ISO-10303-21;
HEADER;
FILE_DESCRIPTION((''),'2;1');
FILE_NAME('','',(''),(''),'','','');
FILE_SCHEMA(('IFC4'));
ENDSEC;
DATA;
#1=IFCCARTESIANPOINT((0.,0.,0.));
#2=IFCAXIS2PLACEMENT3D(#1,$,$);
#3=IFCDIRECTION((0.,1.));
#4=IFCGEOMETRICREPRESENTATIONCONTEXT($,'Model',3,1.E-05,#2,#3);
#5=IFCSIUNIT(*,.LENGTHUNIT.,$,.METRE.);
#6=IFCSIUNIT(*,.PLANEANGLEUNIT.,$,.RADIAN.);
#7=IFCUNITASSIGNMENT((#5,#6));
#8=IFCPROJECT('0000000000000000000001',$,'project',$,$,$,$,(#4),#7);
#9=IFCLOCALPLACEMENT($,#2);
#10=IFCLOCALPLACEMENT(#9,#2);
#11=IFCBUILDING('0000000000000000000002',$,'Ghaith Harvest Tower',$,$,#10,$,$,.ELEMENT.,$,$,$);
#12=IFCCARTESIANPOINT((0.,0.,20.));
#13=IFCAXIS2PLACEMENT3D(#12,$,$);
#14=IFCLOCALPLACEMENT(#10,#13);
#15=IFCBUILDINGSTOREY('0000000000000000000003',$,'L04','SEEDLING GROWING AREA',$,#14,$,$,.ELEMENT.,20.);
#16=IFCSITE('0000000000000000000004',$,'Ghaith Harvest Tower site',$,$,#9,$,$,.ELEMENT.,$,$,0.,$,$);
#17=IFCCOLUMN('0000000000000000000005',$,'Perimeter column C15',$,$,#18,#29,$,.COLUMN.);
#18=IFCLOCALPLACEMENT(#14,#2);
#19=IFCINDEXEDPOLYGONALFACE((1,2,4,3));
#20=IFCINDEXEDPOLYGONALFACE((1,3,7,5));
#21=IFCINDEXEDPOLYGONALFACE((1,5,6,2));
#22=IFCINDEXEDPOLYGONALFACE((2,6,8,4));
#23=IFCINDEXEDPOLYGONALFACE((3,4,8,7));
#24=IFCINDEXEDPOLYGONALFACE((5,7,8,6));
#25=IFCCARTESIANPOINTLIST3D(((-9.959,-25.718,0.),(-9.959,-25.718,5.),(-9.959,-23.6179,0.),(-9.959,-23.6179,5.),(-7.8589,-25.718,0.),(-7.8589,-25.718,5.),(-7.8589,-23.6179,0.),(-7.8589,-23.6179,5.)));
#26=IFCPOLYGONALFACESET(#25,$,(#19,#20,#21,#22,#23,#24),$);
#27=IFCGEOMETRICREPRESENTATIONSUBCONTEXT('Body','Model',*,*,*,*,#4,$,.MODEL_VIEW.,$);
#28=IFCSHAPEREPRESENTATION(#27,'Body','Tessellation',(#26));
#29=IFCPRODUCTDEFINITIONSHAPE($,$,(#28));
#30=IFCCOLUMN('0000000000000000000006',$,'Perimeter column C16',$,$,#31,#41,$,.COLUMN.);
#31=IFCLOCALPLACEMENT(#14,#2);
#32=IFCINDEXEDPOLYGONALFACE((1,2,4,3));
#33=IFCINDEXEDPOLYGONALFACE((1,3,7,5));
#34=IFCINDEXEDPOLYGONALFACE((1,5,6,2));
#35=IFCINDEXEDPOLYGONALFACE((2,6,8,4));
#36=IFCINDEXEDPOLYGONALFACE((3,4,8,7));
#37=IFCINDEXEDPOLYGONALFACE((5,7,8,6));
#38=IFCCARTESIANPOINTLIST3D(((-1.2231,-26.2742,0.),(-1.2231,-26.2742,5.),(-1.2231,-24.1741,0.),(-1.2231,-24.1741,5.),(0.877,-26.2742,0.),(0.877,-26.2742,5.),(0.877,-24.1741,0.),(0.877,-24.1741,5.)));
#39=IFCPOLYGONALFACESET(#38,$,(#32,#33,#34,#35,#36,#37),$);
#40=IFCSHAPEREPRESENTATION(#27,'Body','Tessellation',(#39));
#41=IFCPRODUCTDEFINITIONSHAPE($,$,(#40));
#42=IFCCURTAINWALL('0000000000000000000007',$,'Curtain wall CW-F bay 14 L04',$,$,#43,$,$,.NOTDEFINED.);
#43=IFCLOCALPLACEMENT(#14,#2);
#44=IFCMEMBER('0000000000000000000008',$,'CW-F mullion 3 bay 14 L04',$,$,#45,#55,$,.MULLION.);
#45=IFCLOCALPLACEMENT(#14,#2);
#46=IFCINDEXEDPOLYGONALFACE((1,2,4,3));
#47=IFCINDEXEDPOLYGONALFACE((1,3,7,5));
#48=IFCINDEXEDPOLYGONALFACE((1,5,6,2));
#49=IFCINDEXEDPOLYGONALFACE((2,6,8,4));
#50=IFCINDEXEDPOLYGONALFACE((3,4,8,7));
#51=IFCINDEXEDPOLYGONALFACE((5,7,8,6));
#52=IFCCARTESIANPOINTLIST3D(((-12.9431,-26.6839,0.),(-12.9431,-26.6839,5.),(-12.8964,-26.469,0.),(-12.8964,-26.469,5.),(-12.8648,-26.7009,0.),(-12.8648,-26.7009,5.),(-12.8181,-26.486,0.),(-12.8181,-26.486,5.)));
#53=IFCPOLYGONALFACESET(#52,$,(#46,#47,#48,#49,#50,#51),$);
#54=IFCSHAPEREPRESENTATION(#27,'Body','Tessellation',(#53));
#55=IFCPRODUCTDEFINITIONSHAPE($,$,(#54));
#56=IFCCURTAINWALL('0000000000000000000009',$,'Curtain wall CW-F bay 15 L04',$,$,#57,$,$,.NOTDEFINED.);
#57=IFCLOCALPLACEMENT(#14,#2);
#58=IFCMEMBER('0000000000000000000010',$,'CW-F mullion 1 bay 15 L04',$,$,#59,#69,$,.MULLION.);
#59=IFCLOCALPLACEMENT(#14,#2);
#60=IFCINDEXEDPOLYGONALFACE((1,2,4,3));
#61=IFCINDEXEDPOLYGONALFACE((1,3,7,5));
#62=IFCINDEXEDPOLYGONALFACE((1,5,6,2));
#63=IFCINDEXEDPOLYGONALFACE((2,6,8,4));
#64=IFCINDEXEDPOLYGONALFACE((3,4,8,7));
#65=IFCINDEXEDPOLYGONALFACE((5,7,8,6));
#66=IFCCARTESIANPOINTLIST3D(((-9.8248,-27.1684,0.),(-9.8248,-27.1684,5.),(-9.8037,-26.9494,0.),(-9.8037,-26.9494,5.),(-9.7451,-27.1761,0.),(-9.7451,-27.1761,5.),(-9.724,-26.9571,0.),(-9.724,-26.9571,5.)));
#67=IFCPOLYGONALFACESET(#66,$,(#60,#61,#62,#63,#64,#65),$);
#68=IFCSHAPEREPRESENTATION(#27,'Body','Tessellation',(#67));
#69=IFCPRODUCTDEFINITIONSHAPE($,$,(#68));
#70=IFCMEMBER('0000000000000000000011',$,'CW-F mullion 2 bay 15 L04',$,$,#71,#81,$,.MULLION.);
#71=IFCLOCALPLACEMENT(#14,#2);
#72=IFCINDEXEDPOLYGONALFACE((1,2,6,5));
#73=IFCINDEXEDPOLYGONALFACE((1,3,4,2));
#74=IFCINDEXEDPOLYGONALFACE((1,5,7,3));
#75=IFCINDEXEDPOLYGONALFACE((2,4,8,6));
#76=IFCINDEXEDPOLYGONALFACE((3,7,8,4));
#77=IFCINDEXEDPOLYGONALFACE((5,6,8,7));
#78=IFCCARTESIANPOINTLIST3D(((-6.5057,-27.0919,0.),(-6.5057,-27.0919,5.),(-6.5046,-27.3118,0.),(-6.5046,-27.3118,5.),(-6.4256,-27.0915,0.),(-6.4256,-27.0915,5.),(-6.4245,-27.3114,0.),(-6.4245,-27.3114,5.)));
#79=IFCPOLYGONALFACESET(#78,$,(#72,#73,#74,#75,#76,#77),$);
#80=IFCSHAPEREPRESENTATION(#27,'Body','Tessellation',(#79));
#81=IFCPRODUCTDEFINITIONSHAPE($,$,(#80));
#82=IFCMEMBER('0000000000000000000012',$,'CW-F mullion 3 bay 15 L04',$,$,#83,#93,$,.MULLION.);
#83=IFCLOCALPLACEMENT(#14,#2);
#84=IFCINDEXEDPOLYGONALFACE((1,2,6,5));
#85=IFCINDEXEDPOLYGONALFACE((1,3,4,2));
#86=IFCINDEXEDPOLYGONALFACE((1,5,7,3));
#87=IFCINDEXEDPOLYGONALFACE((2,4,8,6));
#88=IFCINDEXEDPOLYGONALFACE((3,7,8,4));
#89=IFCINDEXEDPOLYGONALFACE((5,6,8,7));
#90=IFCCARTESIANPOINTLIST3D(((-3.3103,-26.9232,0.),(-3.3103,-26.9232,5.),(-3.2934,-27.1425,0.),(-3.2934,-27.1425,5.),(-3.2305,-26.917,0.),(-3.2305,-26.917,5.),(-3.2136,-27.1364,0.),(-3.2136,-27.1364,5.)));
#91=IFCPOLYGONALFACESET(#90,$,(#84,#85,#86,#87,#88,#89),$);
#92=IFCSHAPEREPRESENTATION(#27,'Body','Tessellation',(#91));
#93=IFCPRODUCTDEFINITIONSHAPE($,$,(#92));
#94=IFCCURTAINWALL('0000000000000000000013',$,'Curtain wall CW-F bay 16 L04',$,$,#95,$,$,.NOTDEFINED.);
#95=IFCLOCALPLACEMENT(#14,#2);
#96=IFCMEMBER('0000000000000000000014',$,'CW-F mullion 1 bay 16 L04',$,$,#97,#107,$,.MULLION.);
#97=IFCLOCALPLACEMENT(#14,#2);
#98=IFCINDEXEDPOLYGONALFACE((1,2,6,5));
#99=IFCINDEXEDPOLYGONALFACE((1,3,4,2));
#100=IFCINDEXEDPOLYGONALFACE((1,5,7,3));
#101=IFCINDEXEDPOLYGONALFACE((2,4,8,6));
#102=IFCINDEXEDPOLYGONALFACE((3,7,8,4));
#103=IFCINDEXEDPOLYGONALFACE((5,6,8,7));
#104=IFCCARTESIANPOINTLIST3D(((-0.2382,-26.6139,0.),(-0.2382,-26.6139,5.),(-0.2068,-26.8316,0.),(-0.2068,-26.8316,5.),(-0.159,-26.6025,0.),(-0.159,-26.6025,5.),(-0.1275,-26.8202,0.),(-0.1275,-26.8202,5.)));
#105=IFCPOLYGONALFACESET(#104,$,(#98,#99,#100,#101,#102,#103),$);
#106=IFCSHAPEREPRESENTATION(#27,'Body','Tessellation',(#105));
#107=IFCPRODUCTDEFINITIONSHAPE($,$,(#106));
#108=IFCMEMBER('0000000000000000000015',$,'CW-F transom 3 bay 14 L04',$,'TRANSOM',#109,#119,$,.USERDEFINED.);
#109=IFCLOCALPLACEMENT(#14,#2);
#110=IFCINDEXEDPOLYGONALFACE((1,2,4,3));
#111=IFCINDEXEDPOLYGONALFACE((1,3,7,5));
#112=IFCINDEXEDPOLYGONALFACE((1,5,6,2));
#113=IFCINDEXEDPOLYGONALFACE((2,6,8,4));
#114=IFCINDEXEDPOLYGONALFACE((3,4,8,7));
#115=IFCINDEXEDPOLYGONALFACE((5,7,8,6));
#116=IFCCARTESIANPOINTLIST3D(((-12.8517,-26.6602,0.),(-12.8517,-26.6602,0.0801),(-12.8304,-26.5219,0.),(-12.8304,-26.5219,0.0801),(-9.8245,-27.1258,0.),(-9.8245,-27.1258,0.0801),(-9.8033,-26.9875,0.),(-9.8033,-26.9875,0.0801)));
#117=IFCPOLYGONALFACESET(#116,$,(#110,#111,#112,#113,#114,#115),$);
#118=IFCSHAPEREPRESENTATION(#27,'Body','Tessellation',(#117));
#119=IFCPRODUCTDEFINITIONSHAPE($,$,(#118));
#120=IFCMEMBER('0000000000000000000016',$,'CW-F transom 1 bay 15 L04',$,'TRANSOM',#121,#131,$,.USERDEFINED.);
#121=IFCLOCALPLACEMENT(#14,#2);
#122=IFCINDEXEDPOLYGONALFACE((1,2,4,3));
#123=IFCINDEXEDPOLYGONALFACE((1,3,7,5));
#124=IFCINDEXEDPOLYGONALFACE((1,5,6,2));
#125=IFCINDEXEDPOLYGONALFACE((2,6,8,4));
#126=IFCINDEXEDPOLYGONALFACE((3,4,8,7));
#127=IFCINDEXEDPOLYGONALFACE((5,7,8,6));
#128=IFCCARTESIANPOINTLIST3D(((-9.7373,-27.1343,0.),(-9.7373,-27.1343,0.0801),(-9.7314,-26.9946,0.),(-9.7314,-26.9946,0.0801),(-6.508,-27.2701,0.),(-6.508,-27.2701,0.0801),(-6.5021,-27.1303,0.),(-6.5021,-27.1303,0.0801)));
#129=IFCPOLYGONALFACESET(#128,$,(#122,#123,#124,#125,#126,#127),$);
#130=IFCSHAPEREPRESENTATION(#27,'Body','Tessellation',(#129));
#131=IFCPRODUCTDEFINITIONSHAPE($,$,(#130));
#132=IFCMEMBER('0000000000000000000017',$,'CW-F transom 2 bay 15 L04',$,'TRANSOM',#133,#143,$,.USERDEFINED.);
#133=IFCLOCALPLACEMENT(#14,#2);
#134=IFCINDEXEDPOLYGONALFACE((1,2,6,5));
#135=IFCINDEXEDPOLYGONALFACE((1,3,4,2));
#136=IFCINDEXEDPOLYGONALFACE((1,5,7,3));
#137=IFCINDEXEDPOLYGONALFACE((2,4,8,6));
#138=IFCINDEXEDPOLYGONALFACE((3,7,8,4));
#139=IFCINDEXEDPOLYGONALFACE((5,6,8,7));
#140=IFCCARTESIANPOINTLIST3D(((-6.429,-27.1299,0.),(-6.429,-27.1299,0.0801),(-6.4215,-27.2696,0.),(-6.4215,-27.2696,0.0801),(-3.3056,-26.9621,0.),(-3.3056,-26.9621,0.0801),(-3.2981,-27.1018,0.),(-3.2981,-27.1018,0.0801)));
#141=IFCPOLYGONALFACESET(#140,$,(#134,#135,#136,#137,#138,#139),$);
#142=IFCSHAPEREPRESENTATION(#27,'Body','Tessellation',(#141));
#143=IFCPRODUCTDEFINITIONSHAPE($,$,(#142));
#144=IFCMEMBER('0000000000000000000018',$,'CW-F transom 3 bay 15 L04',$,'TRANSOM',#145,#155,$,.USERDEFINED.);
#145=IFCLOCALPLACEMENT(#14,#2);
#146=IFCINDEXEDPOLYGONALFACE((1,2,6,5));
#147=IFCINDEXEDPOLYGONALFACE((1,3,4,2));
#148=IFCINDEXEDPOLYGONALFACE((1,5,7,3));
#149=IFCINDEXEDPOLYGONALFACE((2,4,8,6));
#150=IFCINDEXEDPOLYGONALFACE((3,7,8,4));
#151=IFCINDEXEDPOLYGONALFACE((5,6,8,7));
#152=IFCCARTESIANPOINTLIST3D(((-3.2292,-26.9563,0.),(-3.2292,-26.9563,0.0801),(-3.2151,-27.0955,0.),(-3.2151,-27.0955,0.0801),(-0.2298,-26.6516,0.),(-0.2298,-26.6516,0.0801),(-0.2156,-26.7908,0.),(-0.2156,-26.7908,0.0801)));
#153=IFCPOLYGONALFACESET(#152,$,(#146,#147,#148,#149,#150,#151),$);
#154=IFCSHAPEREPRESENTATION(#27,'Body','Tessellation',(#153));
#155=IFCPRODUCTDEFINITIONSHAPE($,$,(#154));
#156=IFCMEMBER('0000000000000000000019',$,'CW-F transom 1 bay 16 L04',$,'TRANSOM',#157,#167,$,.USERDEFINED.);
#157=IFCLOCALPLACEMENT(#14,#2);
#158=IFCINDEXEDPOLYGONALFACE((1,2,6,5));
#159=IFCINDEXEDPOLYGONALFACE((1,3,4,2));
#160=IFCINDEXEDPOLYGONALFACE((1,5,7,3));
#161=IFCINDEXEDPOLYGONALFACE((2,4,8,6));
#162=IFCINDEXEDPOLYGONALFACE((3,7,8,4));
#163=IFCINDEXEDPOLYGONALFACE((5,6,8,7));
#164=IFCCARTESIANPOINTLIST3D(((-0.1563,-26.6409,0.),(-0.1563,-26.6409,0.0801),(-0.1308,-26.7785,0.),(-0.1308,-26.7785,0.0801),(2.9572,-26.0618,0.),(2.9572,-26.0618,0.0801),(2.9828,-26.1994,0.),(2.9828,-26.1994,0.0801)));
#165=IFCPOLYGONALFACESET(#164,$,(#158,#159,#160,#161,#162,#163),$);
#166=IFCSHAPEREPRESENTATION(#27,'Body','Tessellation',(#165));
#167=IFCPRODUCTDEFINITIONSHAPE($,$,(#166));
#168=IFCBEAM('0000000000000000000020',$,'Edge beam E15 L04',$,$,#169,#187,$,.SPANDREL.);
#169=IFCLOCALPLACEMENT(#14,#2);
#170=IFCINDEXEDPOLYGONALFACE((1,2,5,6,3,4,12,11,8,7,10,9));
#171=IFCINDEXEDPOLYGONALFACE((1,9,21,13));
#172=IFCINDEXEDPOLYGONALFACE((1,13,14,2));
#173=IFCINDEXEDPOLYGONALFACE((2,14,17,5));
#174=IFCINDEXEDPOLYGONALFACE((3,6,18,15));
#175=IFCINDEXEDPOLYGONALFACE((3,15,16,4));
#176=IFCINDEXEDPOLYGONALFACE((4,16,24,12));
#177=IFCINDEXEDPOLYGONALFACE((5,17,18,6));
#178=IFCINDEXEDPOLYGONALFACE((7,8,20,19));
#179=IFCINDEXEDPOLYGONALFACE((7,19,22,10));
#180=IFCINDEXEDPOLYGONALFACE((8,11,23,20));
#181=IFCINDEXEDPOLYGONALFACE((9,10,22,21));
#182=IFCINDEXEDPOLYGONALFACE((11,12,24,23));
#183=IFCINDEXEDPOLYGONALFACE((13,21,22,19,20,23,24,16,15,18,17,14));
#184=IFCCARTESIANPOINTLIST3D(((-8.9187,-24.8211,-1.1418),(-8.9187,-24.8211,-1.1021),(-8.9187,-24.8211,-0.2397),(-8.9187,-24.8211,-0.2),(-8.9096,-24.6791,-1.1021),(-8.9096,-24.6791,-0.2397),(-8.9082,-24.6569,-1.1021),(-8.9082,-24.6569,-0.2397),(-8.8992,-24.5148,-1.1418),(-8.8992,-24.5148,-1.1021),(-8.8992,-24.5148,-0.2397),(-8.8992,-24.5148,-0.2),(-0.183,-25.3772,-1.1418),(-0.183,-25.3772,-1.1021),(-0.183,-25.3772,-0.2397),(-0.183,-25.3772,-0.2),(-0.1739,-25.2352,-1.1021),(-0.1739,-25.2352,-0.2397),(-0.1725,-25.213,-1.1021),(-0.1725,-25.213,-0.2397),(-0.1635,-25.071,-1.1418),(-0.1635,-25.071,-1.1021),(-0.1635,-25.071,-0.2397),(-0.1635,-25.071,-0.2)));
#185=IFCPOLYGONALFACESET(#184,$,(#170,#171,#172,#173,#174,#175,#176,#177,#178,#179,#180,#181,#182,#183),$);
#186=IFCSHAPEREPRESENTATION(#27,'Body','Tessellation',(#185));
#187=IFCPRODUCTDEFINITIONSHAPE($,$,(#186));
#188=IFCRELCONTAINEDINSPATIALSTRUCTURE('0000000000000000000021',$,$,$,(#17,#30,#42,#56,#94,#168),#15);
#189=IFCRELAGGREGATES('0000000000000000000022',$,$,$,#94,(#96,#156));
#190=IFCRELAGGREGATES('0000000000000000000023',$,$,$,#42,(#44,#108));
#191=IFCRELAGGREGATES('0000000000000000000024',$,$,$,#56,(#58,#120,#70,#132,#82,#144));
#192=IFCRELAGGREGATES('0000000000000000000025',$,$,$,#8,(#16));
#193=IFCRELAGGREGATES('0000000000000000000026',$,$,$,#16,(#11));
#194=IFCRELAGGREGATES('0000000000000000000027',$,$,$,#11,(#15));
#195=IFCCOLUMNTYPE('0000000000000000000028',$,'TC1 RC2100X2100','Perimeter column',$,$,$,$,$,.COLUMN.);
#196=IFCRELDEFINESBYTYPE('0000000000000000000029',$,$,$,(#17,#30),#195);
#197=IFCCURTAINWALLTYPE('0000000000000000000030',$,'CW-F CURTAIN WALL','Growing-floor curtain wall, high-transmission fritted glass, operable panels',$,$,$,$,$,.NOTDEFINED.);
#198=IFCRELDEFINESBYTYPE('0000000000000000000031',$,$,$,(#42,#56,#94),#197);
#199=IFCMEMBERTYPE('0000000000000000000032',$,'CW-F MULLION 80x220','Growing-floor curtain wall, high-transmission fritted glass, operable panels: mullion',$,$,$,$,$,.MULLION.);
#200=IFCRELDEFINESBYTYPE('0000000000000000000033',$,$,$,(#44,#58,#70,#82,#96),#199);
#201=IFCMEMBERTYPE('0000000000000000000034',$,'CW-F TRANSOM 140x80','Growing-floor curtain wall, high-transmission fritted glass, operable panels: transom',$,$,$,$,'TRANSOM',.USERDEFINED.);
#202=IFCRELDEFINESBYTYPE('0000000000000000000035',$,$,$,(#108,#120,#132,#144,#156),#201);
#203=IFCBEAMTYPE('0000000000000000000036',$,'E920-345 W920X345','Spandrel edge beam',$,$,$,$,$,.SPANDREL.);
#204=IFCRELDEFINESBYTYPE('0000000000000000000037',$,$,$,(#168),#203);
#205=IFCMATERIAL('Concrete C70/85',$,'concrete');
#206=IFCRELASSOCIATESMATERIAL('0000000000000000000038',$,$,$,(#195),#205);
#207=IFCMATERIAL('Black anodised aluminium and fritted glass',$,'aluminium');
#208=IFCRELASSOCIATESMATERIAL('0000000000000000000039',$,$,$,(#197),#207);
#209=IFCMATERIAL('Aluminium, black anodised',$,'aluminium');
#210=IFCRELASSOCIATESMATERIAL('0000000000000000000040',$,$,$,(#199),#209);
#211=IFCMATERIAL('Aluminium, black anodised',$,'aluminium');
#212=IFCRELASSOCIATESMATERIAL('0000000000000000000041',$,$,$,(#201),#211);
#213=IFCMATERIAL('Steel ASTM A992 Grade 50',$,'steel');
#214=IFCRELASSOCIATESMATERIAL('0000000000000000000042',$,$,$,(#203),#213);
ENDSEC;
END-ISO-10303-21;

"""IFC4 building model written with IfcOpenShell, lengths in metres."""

from ifc_helpers import new_model, si_unit, direction, frame, origin, origin_2d, place, context, subcontext, project, spatial, rectangle, i_section, extrude, material, material_profile, profile_set, type_object, element, aggregate, save


model = new_model("IFC4")

# Units and contexts
model_context = context("Model", 3, precision=1e-05, world=origin(), true_north=direction((0.0, 1.0)))
body_context = subcontext(model_context, "Body", "Model", "MODEL_VIEW")
ifc_project = project(units=[si_unit("LENGTHUNIT", "METRE"), si_unit("PLANEANGLEUNIT", "RADIAN")], contexts=[model_context])

# Site, building, storey
site_placement = place(None, origin())
site = spatial("IfcSite", under=ifc_project, at=site_placement, Name="Ghaith Harvest Tower site", CompositionType="ELEMENT", RefElevation=0.0)
building_placement = place(site_placement, origin())
building = spatial("IfcBuilding", under=site, at=building_placement, Name="Ghaith Harvest Tower", CompositionType="ELEMENT")
storey_placement = place(building_placement, frame((0.0, 0.0, 20.0)))
storey = spatial("IfcBuildingStorey", under=building, at=storey_placement, Name="L04", Description="SEEDLING GROWING AREA", CompositionType="ELEMENT", Elevation=20.0)

# Columns
ifc_material_1 = material(Name="Concrete C70/85", Category="concrete")
ifc_material_profile_1 = material_profile(ifc_material_1, rectangle(XDim=2.1001, YDim=2.1001, at=origin_2d()), Name="RC2100X2100")
ifc_profile_set_1 = profile_set([ifc_material_profile_1], Name="Concrete C70/85")
column_type = type_object("IfcColumnType", Name="TC1 RC2100X2100", Description="Perimeter column", PredefinedType="COLUMN", material=ifc_profile_set_1)
for number, where, z_axis, x_axis, name in (
    (1, (-8.9089, -24.668, 0.0), (0.0, 0.0, 1.0), (1.0, 0.0, 0.0), "Perimeter column C15"),
    (2, (-0.1731, -25.2241, 0.0), (0.0, 0.0, 1.0), (1.0, 0.0, 0.0), "Perimeter column C16"),
):
    element("IfcColumn", number, at=place(storey_placement, frame(where, z_axis=z_axis, x_axis=x_axis)), inside=storey, type_object=column_type, Name=name, PredefinedType="COLUMN", context=body_context, shape_type="SweptSolid", body=[
        extrude(rectangle(XDim=2.1001, YDim=2.1001, at=origin_2d()), origin(), (0.0, 0.0, 1.0), 5.0),
    ])

# Curtain wall, member
ifc_material_2 = material(Name="Black anodised aluminium and fritted glass", Category="aluminium")
curtain_wall_type = type_object("IfcCurtainWallType", Name="CW-F CURTAIN WALL", Description="Growing-floor curtain wall, high-transmission fritted glass, operable panels", PredefinedType="NOTDEFINED", material=ifc_material_2)
curtain_wall_1_placement = place(storey_placement, origin())
curtain_wall_1 = element("IfcCurtainWall", 3, at=curtain_wall_1_placement, inside=storey, type_object=curtain_wall_type, Name="Curtain wall CW-F bay 14 L04", PredefinedType="NOTDEFINED")
ifc_material_3 = material(Name="Aluminium, black anodised", Category="aluminium")
ifc_material_profile_2 = material_profile(ifc_material_3, rectangle(XDim=0.0801, YDim=0.22, at=origin_2d()), Name="CW-F MULLION 80x220")
ifc_profile_set_2 = profile_set([ifc_material_profile_2], Name="Aluminium, black anodised")
member_type_1 = type_object("IfcMemberType", Name="CW-F MULLION 80x220", Description="Growing-floor curtain wall, high-transmission fritted glass, operable panels: mullion", PredefinedType="MULLION", material=ifc_profile_set_2)
member_1_placement = place(storey_placement, frame((-12.8806, -26.585, 0.0), z_axis=(0.0, 0.0, 1.0), x_axis=(0.977207, -0.212289, 0.0)))
member_1 = element("IfcMember", 4, at=member_1_placement, type_object=member_type_1, Name="CW-F mullion 3 bay 14 L04", PredefinedType="MULLION", context=body_context, shape_type="SweptSolid", body=[
    extrude(rectangle(XDim=0.0801, YDim=0.22, at=origin_2d()), origin(), (0.0, 0.0, 1.0), 5.0),
])

# Curtain wall, members
curtain_wall_2_placement = place(storey_placement, origin())
curtain_wall_2 = element("IfcCurtainWall", 5, at=curtain_wall_2_placement, inside=storey, type_object=curtain_wall_type, Name="Curtain wall CW-F bay 15 L04", PredefinedType="NOTDEFINED")
member_2_placement = place(storey_placement, frame((-9.7744, -27.0627, 0.0), z_axis=(0.0, 0.0, 1.0), x_axis=(0.995408, -0.095718, 0.0)))
member_2 = element("IfcMember", 6, at=member_2_placement, type_object=member_type_1, Name="CW-F mullion 1 bay 15 L04", PredefinedType="MULLION", context=body_context, shape_type="SweptSolid", body=[
    extrude(rectangle(XDim=0.0801, YDim=0.22, at=origin_2d()), origin(), (0.0, 0.0, 1.0), 5.0),
])
member_3_placement = place(storey_placement, frame((-6.4651, -27.2017, 0.0), z_axis=(0.0, 0.0, 1.0), x_axis=(0.999987, 0.005058, 0.0)))
member_3 = element("IfcMember", 7, at=member_3_placement, type_object=member_type_1, Name="CW-F mullion 2 bay 15 L04", PredefinedType="MULLION", context=body_context, shape_type="SweptSolid", body=[
    extrude(rectangle(XDim=0.0801, YDim=0.22, at=origin_2d()), origin(), (0.0, 0.0, 1.0), 5.0),
])
member_4_placement = place(storey_placement, frame((-3.262, -27.0298, 0.0), z_axis=(0.0, 0.0, 1.0), x_axis=(0.997038, 0.076917, 0.0)))
member_4 = element("IfcMember", 8, at=member_4_placement, type_object=member_type_1, Name="CW-F mullion 3 bay 15 L04", PredefinedType="MULLION", context=body_context, shape_type="SweptSolid", body=[
    extrude(rectangle(XDim=0.0801, YDim=0.22, at=origin_2d()), origin(), (0.0, 0.0, 1.0), 5.0),
])

# Curtain wall, member
curtain_wall_3_placement = place(storey_placement, origin())
curtain_wall_3 = element("IfcCurtainWall", 9, at=curtain_wall_3_placement, inside=storey, type_object=curtain_wall_type, Name="Curtain wall CW-F bay 16 L04", PredefinedType="NOTDEFINED")
member_5_placement = place(storey_placement, frame((-0.1829, -26.717, 0.0), z_axis=(0.0, 0.0, 1.0), x_axis=(0.989712, 0.143075, 0.0)))
member_5 = element("IfcMember", 10, at=member_5_placement, type_object=member_type_1, Name="CW-F mullion 1 bay 16 L04", PredefinedType="MULLION", context=body_context, shape_type="SweptSolid", body=[
    extrude(rectangle(XDim=0.0801, YDim=0.22, at=origin_2d()), origin(), (0.0, 0.0, 1.0), 5.0),
])

# Members
ifc_material_4 = material(Name="Aluminium, black anodised", Category="aluminium")
ifc_material_profile_3 = material_profile(ifc_material_4, rectangle(XDim=0.1399, YDim=0.0801, at=origin_2d()), Name="CW-F TRANSOM 140x80")
ifc_profile_set_3 = profile_set([ifc_material_profile_3], Name="Aluminium, black anodised")
member_type_2 = type_object("IfcMemberType", Name="CW-F TRANSOM 140x80", Description="Growing-floor curtain wall, high-transmission fritted glass, operable panels: transom", ElementType="TRANSOM", PredefinedType="USERDEFINED", material=ifc_profile_set_3)
member_6_placement = place(storey_placement, frame((-12.8411, -26.5911, 0.04), z_axis=(0.988378, -0.152015, 0.0), x_axis=(0.152015, 0.988378, 0.0)))
member_6 = element("IfcMember", 11, at=member_6_placement, type_object=member_type_2, Name="CW-F transom 3 bay 14 L04", ObjectType="TRANSOM", PredefinedType="USERDEFINED", context=body_context, shape_type="SweptSolid", body=[
    extrude(rectangle(XDim=0.1399, YDim=0.0801, at=origin_2d()), origin(), (0.0, 0.0, 1.0), 3.0627),
])
member_7_placement = place(storey_placement, frame((-9.7344, -27.0645, 0.04), z_axis=(0.999118, -0.041998, 0.0), x_axis=(0.041998, 0.999118, 0.0)))
member_7 = element("IfcMember", 12, at=member_7_placement, type_object=member_type_2, Name="CW-F transom 1 bay 15 L04", ObjectType="TRANSOM", PredefinedType="USERDEFINED", context=body_context, shape_type="SweptSolid", body=[
    extrude(rectangle(XDim=0.1399, YDim=0.0801, at=origin_2d()), origin(), (0.0, 0.0, 1.0), 3.2322),
])
member_8_placement = place(storey_placement, frame((-6.4253, -27.1997, 0.04), z_axis=(0.998561, 0.05362, 0.0), x_axis=(-0.05362, 0.998561, 0.0)))
member_8 = element("IfcMember", 13, at=member_8_placement, type_object=member_type_2, Name="CW-F transom 2 bay 15 L04", ObjectType="TRANSOM", PredefinedType="USERDEFINED", context=body_context, shape_type="SweptSolid", body=[
    extrude(rectangle(XDim=0.1399, YDim=0.0801, at=origin_2d()), origin(), (0.0, 0.0, 1.0), 3.1279),
])
member_9_placement = place(storey_placement, frame((-3.2222, -27.0259, 0.04), z_axis=(0.99488, 0.101059, 0.0), x_axis=(-0.101059, 0.99488, 0.0)))
member_9 = element("IfcMember", 14, at=member_9_placement, type_object=member_type_2, Name="CW-F transom 3 bay 15 L04", ObjectType="TRANSOM", PredefinedType="USERDEFINED", context=body_context, shape_type="SweptSolid", body=[
    extrude(rectangle(XDim=0.1399, YDim=0.0801, at=origin_2d()), origin(), (0.0, 0.0, 1.0), 3.0149),
])
member_10_placement = place(storey_placement, frame((-0.1436, -26.7097, 0.04), z_axis=(0.983139, 0.182859, 0.0), x_axis=(-0.182859, 0.983139, 0.0)))
member_10 = element("IfcMember", 15, at=member_10_placement, type_object=member_type_2, Name="CW-F transom 1 bay 16 L04", ObjectType="TRANSOM", PredefinedType="USERDEFINED", context=body_context, shape_type="SweptSolid", body=[
    extrude(rectangle(XDim=0.1399, YDim=0.0801, at=origin_2d()), origin(), (0.0, 0.0, 1.0), 3.167),
])
aggregate(curtain_wall_3, [member_5, member_10])

# Beam
ifc_material_5 = material(Name="Steel ASTM A992 Grade 50", Category="steel")
ifc_material_profile_4 = material_profile(ifc_material_5, i_section(OverallWidth=0.3069, OverallDepth=0.9419, WebThickness=0.0222, FlangeThickness=0.0398, at=origin_2d()), Name="W920X345")
ifc_profile_set_4 = profile_set([ifc_material_profile_4], Name="Steel ASTM A992 Grade 50")
beam_type_1 = type_object("IfcBeamType", Name="E920-345 W920X345", Description="Spandrel edge beam", PredefinedType="SPANDREL", material=ifc_profile_set_4)
beam_1_placement = place(storey_placement, frame((-8.9089, -24.668, -0.6709), z_axis=(0.99798, -0.063535, 0.0), x_axis=(0.063535, 0.99798, 0.0)))
element("IfcBeam", 16, at=beam_1_placement, inside=storey, type_object=beam_type_1, Name="Edge beam E15 L04", PredefinedType="SPANDREL", context=body_context, shape_type="SweptSolid", body=[
    extrude(i_section(OverallWidth=0.3069, OverallDepth=0.9419, WebThickness=0.0222, FlangeThickness=0.0398, at=origin_2d()), origin(), (0.0, 0.0, 1.0), 8.7534),
])

aggregate(curtain_wall_1, [member_1, member_6])
aggregate(curtain_wall_2, [member_2, member_7, member_3, member_8, member_4, member_9])

save(model, "model.ifc")
